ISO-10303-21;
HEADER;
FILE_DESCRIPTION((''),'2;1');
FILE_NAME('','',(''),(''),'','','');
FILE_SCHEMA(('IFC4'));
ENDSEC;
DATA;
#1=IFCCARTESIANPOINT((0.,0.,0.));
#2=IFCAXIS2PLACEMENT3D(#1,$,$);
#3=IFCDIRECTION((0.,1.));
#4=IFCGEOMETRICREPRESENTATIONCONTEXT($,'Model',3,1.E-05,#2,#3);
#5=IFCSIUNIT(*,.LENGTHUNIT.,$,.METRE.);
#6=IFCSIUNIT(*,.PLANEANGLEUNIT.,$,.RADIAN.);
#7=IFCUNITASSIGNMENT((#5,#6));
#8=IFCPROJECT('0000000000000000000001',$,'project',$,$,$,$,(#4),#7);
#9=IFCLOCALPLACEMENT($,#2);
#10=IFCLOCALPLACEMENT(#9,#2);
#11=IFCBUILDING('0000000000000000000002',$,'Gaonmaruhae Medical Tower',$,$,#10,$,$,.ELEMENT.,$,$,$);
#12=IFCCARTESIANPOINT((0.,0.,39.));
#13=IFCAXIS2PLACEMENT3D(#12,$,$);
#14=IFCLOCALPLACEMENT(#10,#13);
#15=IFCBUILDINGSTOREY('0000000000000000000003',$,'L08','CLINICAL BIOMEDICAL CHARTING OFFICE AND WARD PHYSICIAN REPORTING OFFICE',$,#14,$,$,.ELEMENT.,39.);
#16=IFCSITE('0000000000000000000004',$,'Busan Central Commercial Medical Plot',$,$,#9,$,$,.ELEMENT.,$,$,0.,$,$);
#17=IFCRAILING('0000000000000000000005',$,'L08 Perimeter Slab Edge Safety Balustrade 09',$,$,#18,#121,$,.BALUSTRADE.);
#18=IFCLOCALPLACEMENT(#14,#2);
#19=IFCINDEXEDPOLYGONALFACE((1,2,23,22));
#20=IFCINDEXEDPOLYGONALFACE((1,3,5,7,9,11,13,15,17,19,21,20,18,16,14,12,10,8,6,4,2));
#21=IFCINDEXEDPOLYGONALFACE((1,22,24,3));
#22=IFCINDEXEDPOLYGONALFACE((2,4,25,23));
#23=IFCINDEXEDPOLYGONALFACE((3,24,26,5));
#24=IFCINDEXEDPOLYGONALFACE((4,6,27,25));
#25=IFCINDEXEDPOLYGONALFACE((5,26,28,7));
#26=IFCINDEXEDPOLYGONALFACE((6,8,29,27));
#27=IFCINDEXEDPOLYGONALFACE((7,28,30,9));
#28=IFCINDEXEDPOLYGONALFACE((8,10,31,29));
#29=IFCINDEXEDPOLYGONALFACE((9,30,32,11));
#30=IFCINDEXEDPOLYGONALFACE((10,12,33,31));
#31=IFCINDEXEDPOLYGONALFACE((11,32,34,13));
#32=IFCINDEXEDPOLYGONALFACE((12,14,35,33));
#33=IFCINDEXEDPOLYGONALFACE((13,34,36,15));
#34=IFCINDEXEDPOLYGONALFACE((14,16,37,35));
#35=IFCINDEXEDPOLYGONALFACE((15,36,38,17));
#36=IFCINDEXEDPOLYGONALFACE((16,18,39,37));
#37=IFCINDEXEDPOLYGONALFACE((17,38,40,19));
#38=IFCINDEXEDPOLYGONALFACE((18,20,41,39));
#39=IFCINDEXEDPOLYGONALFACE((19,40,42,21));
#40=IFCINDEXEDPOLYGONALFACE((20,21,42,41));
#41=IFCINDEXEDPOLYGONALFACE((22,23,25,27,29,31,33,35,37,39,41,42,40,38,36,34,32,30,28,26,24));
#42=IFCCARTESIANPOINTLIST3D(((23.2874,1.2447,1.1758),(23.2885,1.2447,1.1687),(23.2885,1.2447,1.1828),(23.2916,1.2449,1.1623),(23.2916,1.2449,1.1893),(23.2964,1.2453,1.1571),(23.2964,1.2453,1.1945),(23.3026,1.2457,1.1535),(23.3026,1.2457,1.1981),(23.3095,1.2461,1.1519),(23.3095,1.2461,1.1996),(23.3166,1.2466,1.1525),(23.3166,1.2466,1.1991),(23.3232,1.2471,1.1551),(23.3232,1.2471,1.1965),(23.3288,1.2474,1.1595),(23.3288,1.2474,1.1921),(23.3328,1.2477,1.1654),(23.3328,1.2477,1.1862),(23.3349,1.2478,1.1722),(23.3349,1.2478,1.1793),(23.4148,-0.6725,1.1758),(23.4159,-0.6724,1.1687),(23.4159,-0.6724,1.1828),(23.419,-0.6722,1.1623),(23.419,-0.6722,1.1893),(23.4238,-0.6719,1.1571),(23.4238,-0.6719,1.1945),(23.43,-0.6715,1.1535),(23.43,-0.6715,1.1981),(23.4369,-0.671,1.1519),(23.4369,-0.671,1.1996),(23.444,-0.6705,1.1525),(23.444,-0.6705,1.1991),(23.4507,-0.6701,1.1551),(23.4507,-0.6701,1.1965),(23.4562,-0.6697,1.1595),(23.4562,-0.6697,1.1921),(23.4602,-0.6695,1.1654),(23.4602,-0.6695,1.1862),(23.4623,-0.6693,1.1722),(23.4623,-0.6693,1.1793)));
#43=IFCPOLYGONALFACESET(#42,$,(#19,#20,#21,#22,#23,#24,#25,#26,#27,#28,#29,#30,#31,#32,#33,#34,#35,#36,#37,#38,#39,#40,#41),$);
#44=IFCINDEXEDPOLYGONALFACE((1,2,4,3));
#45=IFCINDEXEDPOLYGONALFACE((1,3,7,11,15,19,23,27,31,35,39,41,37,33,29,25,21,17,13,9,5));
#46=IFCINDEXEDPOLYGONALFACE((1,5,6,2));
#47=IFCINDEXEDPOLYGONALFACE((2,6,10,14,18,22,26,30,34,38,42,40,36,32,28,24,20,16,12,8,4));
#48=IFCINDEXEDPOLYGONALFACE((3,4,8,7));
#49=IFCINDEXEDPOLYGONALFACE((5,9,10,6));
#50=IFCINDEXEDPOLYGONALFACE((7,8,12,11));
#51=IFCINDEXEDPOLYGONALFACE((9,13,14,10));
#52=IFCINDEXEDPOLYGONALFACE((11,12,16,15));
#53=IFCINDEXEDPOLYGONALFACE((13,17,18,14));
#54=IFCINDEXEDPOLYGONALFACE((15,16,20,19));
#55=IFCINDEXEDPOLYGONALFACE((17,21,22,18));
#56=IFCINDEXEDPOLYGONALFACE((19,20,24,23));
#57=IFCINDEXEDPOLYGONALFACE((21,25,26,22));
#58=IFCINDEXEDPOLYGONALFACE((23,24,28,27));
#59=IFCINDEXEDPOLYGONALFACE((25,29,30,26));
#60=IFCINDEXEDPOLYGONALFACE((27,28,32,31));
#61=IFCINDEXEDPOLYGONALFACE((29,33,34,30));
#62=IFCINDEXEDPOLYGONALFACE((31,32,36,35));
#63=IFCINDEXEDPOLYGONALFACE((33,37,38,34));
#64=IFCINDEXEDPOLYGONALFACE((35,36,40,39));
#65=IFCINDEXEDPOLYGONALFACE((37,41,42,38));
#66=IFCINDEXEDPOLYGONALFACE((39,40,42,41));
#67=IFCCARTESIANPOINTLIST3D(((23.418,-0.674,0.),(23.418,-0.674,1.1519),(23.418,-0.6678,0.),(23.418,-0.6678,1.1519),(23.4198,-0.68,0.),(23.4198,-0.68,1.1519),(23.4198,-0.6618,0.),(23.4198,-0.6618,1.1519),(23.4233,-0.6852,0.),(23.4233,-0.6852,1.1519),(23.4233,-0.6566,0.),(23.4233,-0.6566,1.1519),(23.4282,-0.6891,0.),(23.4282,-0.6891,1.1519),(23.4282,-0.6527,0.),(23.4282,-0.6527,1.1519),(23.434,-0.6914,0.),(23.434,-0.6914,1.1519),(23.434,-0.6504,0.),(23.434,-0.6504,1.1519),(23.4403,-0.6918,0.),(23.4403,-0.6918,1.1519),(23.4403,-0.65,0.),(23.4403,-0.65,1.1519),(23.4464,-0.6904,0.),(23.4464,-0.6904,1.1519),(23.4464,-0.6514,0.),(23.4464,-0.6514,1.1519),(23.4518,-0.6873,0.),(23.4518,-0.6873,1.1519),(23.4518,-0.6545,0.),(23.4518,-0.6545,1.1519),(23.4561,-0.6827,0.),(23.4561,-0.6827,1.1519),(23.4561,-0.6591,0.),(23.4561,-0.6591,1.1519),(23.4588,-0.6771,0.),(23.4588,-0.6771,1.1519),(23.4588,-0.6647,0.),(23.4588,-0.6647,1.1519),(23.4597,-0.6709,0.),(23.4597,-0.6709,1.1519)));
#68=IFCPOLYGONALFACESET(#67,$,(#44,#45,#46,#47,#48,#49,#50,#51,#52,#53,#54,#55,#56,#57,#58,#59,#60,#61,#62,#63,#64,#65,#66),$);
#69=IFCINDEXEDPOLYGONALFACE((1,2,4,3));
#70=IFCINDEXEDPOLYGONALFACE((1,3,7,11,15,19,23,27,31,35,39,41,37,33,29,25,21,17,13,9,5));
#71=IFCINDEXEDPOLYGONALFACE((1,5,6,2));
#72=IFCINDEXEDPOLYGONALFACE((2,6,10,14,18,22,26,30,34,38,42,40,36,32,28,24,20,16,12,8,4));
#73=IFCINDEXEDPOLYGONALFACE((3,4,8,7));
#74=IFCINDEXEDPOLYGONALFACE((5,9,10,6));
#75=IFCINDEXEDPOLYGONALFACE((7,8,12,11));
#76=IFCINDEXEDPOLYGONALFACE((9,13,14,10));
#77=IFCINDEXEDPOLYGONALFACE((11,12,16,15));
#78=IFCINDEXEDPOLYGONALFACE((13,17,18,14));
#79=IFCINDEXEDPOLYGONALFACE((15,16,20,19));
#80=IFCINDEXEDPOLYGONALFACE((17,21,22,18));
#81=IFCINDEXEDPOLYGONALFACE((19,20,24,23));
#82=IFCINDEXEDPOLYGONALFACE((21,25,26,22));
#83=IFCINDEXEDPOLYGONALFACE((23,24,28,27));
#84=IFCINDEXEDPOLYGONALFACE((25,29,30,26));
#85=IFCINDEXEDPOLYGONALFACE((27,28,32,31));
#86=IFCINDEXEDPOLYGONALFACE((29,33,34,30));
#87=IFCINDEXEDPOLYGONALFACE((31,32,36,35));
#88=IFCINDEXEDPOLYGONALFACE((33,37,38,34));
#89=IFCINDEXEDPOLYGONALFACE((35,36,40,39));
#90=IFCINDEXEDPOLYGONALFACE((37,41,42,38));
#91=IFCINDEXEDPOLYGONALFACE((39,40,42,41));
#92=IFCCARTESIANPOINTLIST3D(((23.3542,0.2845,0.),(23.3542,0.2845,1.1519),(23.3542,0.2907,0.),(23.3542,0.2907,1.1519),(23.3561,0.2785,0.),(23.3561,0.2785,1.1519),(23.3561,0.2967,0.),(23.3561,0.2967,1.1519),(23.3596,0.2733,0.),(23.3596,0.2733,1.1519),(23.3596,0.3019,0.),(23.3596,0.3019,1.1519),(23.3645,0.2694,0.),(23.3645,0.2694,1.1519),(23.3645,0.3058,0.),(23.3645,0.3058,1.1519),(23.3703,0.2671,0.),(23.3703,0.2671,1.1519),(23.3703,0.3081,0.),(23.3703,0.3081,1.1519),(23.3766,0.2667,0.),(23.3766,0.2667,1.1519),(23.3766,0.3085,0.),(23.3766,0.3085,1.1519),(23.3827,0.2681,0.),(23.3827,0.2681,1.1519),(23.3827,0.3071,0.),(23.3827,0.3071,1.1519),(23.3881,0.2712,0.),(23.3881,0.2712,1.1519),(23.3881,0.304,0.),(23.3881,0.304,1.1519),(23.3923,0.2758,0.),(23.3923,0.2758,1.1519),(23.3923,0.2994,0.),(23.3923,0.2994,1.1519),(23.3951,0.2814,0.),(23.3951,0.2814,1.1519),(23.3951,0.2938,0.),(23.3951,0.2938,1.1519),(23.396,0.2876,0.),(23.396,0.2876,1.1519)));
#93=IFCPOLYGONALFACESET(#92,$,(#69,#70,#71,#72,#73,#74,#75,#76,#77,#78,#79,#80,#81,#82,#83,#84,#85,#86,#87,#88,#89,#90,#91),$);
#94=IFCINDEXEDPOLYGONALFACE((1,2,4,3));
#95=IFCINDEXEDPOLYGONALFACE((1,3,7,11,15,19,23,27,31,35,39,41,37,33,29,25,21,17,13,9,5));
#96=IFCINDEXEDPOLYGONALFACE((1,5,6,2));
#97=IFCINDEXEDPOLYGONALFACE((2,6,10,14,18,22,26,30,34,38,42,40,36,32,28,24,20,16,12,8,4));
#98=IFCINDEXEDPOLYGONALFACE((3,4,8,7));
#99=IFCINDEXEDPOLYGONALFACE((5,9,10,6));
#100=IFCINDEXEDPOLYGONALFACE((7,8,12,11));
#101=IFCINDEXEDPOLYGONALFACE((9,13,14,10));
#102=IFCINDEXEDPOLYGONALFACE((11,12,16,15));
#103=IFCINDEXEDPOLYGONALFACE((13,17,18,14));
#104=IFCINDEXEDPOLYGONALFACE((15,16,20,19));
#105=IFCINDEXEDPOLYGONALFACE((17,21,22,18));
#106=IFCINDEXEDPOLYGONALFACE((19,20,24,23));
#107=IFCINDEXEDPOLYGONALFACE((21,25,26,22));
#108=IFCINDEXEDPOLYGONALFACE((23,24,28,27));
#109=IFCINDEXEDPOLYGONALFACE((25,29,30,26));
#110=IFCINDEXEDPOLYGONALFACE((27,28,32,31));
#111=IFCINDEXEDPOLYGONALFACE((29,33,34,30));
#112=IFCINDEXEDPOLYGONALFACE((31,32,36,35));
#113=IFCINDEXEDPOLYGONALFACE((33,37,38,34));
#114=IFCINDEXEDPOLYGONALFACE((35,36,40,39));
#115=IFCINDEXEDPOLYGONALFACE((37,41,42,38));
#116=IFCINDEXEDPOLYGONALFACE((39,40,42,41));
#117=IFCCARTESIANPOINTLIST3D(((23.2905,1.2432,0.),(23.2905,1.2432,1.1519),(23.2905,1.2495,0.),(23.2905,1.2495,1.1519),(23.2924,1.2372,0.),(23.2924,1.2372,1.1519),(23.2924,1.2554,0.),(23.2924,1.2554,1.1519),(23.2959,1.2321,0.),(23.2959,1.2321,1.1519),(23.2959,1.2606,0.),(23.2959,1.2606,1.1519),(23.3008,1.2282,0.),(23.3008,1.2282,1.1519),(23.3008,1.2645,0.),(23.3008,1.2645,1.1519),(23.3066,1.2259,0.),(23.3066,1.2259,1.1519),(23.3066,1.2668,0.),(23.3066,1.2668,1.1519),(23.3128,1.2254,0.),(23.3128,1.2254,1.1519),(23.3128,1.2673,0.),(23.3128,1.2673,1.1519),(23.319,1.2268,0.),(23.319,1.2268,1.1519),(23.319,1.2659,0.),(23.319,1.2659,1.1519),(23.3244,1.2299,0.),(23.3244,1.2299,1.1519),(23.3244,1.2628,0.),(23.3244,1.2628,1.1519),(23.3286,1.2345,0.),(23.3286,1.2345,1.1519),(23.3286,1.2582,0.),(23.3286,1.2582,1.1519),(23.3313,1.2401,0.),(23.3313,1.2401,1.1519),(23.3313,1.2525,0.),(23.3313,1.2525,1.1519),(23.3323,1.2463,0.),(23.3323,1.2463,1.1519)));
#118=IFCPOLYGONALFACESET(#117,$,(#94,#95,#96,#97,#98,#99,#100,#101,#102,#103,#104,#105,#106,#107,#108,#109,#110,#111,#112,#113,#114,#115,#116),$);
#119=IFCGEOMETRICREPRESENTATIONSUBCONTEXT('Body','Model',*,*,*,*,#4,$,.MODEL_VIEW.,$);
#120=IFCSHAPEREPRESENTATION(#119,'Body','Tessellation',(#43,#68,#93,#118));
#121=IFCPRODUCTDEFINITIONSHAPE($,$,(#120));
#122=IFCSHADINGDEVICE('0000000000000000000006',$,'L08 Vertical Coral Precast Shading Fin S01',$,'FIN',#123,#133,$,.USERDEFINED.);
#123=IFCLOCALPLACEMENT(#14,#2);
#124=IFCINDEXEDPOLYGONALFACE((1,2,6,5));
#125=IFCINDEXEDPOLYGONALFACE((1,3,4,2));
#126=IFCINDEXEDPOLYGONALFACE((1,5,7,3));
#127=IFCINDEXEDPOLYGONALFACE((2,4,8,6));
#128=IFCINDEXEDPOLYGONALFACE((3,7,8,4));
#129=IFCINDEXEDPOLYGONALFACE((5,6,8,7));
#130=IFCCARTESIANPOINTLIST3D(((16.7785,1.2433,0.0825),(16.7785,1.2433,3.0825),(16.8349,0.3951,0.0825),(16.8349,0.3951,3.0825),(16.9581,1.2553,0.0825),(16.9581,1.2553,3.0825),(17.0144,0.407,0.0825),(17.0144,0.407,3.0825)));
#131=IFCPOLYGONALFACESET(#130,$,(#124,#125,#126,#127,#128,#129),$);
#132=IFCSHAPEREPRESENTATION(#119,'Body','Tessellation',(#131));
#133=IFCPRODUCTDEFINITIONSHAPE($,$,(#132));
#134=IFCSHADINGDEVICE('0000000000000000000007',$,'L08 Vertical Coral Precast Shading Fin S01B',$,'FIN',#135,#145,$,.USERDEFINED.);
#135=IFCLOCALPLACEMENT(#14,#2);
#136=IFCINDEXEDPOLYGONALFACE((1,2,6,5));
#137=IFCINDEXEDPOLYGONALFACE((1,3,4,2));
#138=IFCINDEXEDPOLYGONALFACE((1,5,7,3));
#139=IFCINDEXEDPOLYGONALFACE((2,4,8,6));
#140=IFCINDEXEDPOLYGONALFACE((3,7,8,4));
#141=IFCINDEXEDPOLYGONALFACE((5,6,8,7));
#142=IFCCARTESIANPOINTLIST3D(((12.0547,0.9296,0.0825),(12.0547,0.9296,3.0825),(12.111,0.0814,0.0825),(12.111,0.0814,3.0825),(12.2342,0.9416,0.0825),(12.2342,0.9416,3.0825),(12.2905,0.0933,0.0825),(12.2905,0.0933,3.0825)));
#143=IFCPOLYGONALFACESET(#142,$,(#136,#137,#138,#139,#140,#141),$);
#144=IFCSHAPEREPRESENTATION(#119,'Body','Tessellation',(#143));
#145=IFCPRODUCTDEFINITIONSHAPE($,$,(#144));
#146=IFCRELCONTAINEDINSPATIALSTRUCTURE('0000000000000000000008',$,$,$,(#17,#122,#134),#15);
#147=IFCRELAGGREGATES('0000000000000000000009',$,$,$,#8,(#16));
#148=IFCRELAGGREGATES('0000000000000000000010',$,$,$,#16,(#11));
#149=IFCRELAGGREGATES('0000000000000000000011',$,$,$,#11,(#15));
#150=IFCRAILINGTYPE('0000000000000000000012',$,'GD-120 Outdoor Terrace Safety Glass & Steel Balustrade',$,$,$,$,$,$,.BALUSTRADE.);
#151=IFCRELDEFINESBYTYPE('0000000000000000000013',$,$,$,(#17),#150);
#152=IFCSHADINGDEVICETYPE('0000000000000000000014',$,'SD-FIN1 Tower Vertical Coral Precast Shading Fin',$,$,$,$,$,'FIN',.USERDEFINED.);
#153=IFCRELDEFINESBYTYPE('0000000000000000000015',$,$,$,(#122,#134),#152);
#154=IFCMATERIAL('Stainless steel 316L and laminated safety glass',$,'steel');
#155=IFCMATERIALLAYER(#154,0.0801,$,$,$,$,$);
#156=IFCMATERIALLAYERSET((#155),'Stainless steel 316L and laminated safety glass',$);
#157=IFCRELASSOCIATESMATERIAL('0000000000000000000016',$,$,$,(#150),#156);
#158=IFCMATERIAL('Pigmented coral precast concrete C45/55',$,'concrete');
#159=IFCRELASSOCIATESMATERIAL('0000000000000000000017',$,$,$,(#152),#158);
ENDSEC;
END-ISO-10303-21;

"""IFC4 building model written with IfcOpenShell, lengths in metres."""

from ifc_helpers import new_model, si_unit, direction, frame, origin, origin_2d, place, context, subcontext, project, spatial, rectangle, circle, extrude, material, layer, layer_set, type_object, element, save


model = new_model("IFC4")

# Units and contexts
model_context = context("Model", 3, precision=1e-05, world=origin(), true_north=direction((0.0, 1.0)))
body_context = subcontext(model_context, "Body", "Model", "MODEL_VIEW")
ifc_project = project(units=[si_unit("LENGTHUNIT", "METRE"), si_unit("PLANEANGLEUNIT", "RADIAN")], contexts=[model_context])

# Site, building, storey
site_placement = place(None, origin())
site = spatial("IfcSite", under=ifc_project, at=site_placement, Name="Busan Central Commercial Medical Plot", CompositionType="ELEMENT", RefElevation=0.0)
building_placement = place(site_placement, origin())
building = spatial("IfcBuilding", under=site, at=building_placement, Name="Gaonmaruhae Medical Tower", CompositionType="ELEMENT")
storey_placement = place(building_placement, frame((0.0, 0.0, 39.0)))
storey = spatial("IfcBuildingStorey", under=building, at=storey_placement, Name="L08", Description="CLINICAL BIOMEDICAL CHARTING OFFICE AND WARD PHYSICIAN REPORTING OFFICE", CompositionType="ELEMENT", Elevation=39.0)

# Railing
ifc_material_1 = material(Name="Stainless steel 316L and laminated safety glass", Category="steel")
ifc_layer_1 = layer(ifc_material_1, 0.0801)
ifc_layer_set_1 = layer_set([ifc_layer_1], Name="Stainless steel 316L and laminated safety glass")
railing_type_1 = type_object("IfcRailingType", Name="GD-120 Outdoor Terrace Safety Glass & Steel Balustrade", PredefinedType="BALUSTRADE", material=ifc_layer_set_1)
railing_1_placement = place(storey_placement, frame((23.4387, -0.6709, 0.0)))
element("IfcRailing", 1, at=railing_1_placement, inside=storey, type_object=railing_type_1, Name="L08 Perimeter Slab Edge Safety Balustrade 09", PredefinedType="BALUSTRADE", context=body_context, shape_type="SweptSolid", body=[
    extrude(circle(Radius=0.0239, at=origin_2d()), frame((0.0, 0.0, 1.1758), z_axis=(-0.066325, 0.997798, 0.0), x_axis=(-0.997798, -0.066325, 0.0)), (0.0, 0.0, 1.0), 1.9214),
    extrude(circle(Radius=0.021, at=origin_2d()), origin(), (0.0, 0.0, 1.0), 1.1519),
    extrude(circle(Radius=0.021, at=origin_2d()), frame((-0.0637, 0.9585, 0.0)), (0.0, 0.0, 1.0), 1.1519),
    extrude(circle(Radius=0.021, at=origin_2d()), frame((-0.1274, 1.9172, 0.0)), (0.0, 0.0, 1.0), 1.1519),
])

# Shading devices
ifc_material_2 = material(Name="Pigmented coral precast concrete C45/55", Category="concrete")
shading_device_type = type_object("IfcShadingDeviceType", Name="SD-FIN1 Tower Vertical Coral Precast Shading Fin", ElementType="FIN", PredefinedType="USERDEFINED", material=ifc_material_2)
for number, where, z_axis, x_axis, name in (
    (2, (16.8965, 0.8252, 0.0825), (0.0, 0.0, 1.0), (-0.997801, -0.066274, 0.0), "L08 Vertical Coral Precast Shading Fin S01"),
    (3, (12.1726, 0.5115, 0.0825), (0.0, 0.0, 1.0), (-0.997801, -0.066274, 0.0), "L08 Vertical Coral Precast Shading Fin S01B"),
):
    element("IfcShadingDevice", number, at=place(storey_placement, frame(where, z_axis=z_axis, x_axis=x_axis)), inside=storey, type_object=shading_device_type, Name=name, ObjectType="FIN", PredefinedType="USERDEFINED", context=body_context, shape_type="SweptSolid", body=[
        extrude(rectangle(XDim=0.1799, YDim=0.8501, at=origin_2d()), origin(), (0.0, 0.0, 1.0), 3.0),
    ])

save(model, "model.ifc")
